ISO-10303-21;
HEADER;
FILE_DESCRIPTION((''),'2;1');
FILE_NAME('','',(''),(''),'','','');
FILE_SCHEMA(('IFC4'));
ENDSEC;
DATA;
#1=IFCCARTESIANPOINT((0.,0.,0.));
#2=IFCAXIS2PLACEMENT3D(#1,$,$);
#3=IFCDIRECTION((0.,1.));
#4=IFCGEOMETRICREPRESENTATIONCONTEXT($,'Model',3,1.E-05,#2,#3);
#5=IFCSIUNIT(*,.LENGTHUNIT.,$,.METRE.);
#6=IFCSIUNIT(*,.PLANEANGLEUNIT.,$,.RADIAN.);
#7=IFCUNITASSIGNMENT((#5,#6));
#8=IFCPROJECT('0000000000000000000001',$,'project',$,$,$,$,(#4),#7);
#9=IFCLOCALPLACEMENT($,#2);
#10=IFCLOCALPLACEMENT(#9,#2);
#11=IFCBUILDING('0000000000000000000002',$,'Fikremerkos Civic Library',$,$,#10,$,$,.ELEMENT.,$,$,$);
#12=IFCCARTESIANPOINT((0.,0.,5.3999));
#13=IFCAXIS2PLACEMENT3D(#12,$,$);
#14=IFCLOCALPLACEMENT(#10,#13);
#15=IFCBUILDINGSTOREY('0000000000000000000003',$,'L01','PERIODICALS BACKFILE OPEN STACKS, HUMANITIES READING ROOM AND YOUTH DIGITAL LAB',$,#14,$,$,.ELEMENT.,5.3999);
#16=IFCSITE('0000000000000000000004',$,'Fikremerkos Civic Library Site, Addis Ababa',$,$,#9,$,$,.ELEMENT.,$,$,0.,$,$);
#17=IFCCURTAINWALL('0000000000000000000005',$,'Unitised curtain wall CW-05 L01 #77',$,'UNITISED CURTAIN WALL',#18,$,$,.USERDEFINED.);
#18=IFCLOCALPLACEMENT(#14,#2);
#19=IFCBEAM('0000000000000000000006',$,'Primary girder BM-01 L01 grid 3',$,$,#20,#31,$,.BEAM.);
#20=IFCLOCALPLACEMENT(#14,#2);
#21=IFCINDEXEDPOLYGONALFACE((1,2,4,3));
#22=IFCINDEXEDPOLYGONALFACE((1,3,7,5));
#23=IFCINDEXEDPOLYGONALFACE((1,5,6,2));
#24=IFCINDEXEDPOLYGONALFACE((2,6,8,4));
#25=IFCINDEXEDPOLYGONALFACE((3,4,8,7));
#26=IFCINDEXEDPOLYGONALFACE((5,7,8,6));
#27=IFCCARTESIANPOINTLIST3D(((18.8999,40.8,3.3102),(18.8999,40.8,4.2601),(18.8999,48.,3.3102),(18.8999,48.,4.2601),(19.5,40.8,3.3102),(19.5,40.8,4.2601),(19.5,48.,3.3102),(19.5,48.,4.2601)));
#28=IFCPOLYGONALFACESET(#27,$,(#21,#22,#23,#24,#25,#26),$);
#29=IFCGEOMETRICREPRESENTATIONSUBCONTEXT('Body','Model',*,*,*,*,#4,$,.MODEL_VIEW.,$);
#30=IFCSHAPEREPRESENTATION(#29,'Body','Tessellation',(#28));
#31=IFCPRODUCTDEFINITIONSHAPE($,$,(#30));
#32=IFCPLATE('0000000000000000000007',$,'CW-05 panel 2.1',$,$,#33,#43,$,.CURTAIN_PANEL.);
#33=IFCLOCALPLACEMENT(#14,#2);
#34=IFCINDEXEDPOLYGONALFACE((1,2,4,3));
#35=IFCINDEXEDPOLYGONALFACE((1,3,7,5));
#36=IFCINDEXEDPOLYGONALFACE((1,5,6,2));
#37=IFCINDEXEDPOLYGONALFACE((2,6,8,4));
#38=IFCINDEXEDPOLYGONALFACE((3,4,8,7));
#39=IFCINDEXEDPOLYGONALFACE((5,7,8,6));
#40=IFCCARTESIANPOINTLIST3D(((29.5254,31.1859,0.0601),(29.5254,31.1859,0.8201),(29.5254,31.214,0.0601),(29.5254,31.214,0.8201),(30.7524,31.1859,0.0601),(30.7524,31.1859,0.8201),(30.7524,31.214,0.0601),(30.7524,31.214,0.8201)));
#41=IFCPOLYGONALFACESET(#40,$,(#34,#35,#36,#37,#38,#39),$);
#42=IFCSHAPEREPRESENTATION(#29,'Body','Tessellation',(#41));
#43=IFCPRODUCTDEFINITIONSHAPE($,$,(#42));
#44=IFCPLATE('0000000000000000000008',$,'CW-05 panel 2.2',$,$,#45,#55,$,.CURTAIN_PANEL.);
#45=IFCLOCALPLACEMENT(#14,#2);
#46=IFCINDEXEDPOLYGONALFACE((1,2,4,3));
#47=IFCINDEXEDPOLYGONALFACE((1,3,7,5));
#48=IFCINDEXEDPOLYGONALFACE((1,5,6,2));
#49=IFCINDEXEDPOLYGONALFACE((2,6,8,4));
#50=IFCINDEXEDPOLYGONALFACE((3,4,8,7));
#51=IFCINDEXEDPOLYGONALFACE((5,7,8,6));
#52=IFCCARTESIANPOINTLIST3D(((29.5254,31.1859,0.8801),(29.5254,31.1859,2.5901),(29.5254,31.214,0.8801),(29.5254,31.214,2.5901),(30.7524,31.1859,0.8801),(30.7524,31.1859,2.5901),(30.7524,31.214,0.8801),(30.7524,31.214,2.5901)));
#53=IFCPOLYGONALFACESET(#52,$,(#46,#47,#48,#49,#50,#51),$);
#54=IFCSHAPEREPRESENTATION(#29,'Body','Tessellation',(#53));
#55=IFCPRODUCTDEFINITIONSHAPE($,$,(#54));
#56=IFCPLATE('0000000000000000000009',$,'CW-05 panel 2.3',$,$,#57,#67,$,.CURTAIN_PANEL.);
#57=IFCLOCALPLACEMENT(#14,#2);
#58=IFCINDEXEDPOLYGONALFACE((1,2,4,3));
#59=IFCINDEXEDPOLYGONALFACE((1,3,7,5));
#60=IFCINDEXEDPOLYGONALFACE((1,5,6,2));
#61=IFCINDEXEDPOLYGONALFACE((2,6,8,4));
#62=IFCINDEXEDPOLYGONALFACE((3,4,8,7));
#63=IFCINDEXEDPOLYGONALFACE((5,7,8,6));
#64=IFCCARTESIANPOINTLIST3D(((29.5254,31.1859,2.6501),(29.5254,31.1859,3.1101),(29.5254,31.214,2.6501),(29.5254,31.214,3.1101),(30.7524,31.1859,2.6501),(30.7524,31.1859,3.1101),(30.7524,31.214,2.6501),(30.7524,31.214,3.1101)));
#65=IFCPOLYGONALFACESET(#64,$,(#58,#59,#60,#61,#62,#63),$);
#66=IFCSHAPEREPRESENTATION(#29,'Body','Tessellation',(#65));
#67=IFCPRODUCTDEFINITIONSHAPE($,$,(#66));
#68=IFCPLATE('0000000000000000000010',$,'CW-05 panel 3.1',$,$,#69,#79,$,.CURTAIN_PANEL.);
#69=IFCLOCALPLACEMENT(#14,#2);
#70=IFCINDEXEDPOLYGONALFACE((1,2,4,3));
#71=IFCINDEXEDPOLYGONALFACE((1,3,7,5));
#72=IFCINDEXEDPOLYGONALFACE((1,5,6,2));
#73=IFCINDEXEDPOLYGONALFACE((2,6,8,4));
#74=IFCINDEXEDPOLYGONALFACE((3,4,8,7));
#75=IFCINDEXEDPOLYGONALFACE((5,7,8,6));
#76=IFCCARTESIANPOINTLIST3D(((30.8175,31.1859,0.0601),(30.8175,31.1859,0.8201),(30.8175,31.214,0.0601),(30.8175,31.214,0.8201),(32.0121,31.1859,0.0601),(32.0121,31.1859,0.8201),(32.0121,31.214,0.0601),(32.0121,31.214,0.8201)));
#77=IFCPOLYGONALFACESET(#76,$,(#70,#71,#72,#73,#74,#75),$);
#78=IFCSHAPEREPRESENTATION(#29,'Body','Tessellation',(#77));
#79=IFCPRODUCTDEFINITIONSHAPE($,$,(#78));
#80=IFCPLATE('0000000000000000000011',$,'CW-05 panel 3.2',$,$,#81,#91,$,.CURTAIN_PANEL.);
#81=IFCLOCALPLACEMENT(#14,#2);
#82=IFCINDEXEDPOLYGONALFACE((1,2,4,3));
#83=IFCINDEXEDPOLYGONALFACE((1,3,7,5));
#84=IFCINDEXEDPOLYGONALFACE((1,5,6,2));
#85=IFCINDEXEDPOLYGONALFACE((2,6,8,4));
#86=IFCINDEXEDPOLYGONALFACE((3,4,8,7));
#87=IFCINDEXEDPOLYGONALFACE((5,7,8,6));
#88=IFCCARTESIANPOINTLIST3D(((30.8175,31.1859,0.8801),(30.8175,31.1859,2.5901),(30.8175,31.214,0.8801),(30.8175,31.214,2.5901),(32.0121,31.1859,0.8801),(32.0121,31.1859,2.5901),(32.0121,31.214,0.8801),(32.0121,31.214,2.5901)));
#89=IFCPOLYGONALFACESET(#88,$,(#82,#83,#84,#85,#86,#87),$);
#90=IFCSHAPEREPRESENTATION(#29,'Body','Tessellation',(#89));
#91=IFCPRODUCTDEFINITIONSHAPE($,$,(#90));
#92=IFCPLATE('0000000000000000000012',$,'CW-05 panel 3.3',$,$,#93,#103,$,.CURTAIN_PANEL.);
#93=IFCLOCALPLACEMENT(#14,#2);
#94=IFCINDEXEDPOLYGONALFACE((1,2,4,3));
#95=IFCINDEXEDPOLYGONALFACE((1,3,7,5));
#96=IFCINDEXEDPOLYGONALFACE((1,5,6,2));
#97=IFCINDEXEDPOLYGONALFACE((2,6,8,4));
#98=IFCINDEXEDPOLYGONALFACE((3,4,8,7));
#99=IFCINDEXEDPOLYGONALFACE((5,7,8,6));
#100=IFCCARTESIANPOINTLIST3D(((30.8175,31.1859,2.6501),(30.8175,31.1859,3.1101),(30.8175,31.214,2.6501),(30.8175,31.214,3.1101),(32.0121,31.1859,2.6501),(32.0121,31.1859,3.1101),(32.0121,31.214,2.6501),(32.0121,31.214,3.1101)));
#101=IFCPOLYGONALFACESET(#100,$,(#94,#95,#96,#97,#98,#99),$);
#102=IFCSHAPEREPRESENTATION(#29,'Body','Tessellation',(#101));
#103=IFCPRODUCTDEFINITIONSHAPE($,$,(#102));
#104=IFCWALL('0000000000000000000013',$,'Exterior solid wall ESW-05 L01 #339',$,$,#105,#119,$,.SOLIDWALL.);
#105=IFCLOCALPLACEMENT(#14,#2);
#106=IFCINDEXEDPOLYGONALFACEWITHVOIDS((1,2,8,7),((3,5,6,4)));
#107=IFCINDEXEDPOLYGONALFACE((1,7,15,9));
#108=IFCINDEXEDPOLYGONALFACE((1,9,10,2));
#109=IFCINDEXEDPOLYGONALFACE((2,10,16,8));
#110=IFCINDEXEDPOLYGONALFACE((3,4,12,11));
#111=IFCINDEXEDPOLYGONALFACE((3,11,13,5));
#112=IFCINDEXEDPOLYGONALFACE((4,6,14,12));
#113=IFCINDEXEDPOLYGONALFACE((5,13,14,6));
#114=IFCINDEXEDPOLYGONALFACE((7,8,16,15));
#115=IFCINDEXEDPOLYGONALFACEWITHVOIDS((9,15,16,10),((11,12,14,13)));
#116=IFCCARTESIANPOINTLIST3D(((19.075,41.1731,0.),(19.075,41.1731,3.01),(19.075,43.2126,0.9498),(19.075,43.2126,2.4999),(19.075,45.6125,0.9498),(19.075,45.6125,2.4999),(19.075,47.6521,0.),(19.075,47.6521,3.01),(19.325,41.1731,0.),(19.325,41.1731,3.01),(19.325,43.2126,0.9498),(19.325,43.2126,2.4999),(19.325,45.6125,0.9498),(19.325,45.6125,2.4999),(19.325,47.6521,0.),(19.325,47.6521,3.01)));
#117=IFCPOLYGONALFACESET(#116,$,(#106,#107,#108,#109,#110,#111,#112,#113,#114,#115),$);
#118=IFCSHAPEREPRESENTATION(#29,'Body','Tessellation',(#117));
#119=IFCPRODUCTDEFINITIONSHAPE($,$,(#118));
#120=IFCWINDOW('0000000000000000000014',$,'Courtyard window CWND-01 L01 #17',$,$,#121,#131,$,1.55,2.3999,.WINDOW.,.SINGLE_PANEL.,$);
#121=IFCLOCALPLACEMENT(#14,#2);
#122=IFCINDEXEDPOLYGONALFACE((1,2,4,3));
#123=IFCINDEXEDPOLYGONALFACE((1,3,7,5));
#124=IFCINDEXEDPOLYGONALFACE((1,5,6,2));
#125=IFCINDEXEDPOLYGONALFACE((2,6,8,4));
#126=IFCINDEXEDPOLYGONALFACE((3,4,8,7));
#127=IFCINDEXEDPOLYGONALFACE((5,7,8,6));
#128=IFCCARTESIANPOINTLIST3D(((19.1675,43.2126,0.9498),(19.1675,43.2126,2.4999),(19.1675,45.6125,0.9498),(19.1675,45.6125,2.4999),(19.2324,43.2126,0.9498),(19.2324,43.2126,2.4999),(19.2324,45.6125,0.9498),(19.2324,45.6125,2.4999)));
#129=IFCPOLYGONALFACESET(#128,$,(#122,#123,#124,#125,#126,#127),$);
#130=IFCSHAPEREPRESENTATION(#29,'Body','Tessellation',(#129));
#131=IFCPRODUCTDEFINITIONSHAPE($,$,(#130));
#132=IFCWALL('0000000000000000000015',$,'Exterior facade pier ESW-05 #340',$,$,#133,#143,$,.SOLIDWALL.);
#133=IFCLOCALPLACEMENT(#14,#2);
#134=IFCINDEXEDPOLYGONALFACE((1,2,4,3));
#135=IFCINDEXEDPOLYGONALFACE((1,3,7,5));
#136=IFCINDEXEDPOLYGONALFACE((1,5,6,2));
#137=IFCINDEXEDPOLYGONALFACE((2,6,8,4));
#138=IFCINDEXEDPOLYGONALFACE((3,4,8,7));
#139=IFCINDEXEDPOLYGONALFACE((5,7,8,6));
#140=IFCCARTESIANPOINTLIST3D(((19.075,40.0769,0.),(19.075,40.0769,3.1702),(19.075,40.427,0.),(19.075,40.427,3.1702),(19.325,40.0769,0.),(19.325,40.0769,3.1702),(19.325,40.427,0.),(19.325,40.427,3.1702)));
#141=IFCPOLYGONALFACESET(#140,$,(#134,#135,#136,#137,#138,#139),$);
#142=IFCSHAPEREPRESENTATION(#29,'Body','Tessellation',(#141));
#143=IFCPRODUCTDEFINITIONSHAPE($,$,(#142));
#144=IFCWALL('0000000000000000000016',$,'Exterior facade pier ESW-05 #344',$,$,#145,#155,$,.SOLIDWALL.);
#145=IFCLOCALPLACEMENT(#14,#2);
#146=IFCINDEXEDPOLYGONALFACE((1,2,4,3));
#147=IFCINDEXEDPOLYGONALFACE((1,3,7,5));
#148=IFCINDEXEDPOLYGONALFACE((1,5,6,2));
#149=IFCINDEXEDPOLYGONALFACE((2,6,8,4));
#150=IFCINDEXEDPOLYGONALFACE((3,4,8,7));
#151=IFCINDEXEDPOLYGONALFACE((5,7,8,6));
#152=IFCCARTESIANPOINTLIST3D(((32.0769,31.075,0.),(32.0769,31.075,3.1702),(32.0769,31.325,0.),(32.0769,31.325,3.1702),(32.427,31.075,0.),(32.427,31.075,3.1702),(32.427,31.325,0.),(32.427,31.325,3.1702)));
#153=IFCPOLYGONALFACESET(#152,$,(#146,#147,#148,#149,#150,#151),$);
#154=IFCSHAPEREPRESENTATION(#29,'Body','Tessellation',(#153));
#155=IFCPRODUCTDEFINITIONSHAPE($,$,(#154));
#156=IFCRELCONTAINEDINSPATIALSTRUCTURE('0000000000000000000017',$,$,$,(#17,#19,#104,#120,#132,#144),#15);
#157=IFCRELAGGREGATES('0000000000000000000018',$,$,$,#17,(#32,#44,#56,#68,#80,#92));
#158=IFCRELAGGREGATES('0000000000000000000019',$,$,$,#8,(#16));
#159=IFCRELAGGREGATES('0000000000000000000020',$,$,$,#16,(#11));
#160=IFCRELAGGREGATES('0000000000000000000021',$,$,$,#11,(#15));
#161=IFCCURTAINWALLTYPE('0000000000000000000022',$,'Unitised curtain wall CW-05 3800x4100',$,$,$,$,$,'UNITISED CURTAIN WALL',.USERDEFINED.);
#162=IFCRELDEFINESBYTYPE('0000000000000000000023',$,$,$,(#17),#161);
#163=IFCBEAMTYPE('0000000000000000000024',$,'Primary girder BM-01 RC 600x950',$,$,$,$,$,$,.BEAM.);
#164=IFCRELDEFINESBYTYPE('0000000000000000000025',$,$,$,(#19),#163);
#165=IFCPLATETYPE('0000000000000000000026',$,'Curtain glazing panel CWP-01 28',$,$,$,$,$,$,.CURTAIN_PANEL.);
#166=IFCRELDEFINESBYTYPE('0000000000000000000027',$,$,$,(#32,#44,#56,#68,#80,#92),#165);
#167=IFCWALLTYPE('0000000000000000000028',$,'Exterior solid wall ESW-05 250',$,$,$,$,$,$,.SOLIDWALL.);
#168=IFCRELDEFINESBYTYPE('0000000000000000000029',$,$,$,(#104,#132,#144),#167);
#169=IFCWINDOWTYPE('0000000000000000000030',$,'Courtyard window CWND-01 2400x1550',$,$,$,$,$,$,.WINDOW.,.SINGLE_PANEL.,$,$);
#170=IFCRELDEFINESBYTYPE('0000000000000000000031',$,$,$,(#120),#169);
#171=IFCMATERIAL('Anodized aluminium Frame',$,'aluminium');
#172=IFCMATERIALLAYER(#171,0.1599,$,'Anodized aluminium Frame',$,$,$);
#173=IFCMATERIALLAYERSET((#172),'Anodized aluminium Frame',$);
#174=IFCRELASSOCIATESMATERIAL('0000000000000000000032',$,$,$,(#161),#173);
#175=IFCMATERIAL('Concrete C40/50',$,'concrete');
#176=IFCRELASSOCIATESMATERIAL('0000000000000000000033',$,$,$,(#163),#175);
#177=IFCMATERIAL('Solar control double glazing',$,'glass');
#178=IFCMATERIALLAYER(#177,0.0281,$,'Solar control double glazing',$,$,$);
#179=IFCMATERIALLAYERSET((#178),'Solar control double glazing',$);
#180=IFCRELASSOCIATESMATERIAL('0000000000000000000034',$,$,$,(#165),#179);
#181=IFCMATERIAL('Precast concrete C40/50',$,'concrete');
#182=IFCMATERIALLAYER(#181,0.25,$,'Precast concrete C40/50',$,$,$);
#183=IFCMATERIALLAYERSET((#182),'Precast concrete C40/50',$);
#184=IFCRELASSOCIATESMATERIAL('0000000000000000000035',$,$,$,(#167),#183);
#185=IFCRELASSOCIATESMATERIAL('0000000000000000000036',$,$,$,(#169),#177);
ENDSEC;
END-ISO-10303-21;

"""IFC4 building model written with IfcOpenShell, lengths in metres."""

from ifc_helpers import new_model, si_unit, direction, frame, frame_2d, origin, origin_2d, place, context, subcontext, project, spatial, rectangle, extrude, material, layer, layer_set, material_profile, profile_set, type_object, element, fill, aggregate, save


model = new_model("IFC4")

# Units and contexts
model_context = context("Model", 3, precision=1e-05, world=origin(), true_north=direction((0.0, 1.0)))
body_context = subcontext(model_context, "Body", "Model", "MODEL_VIEW")
ifc_project = project(units=[si_unit("LENGTHUNIT", "METRE"), si_unit("PLANEANGLEUNIT", "RADIAN")], contexts=[model_context])

# Site, building, storey
site_placement = place(None, origin())
site = spatial("IfcSite", under=ifc_project, at=site_placement, Name="Fikremerkos Civic Library Site, Addis Ababa", CompositionType="ELEMENT", RefElevation=0.0)
building_placement = place(site_placement, origin())
building = spatial("IfcBuilding", under=site, at=building_placement, Name="Fikremerkos Civic Library", CompositionType="ELEMENT")
storey_placement = place(building_placement, frame((0.0, 0.0, 5.3999)))
storey = spatial("IfcBuildingStorey", under=building, at=storey_placement, Name="L01", Description="PERIODICALS BACKFILE OPEN STACKS, HUMANITIES READING ROOM AND YOUTH DIGITAL LAB", CompositionType="ELEMENT", Elevation=5.3999)

# Shared definitions
ifc_material_1 = material(Name="Concrete C40/50", Category="concrete")

# Curtain wall
ifc_material_2 = material(Name="Anodized aluminium Frame", Category="aluminium")
ifc_layer_1 = layer(ifc_material_2, 0.1599, Name="Anodized aluminium Frame")
ifc_layer_set_1 = layer_set([ifc_layer_1], Name="Anodized aluminium Frame")
curtain_wall_type = type_object("IfcCurtainWallType", Name="Unitised curtain wall CW-05 3800x4100", ElementType="UNITISED CURTAIN WALL", PredefinedType="USERDEFINED", material=ifc_layer_set_1)
curtain_wall_placement = place(storey_placement, origin())
curtain_wall = element("IfcCurtainWall", 1, at=curtain_wall_placement, inside=storey, type_object=curtain_wall_type, Name="Unitised curtain wall CW-05 L01 #77", ObjectType="UNITISED CURTAIN WALL", PredefinedType="USERDEFINED")

# Beam
ifc_material_profile_1 = material_profile(ifc_material_1, rectangle(XDim=0.6001, YDim=0.95, at=origin_2d()), Name="RC 600x950")
ifc_profile_set_1 = profile_set([ifc_material_profile_1], Name="Concrete C40/50")
beam_type_1 = type_object("IfcBeamType", Name="Primary girder BM-01 RC 600x950", PredefinedType="BEAM", material=ifc_profile_set_1)
beam_1_placement = place(storey_placement, frame((19.2, 40.8, 3.7852), z_axis=(0.0, 1.0, 0.0), x_axis=(-1.0, 0.0, 0.0)))
element("IfcBeam", 2, at=beam_1_placement, inside=storey, type_object=beam_type_1, Name="Primary girder BM-01 L01 grid 3", PredefinedType="BEAM", context=body_context, shape_type="SweptSolid", body=[
    extrude(rectangle(XDim=0.6001, YDim=0.95, at=origin_2d()), origin(), (0.0, 0.0, 1.0), 7.2),
])

# Plates
ifc_material_3 = material(Name="Solar control double glazing", Category="glass")
ifc_layer_2 = layer(ifc_material_3, 0.0281, Name="Solar control double glazing")
ifc_layer_set_2 = layer_set([ifc_layer_2], Name="Solar control double glazing")
plate_type = type_object("IfcPlateType", Name="Curtain glazing panel CWP-01 28", PredefinedType="CURTAIN_PANEL", material=ifc_layer_set_2)
plate_1_placement = place(storey_placement, frame((30.1389, 31.2, 0.0601), z_axis=(0.0, 0.0, 1.0), x_axis=(1.0, 0.0, 0.0)))
plate_1 = element("IfcPlate", 3, at=plate_1_placement, type_object=plate_type, Name="CW-05 panel 2.1", PredefinedType="CURTAIN_PANEL", context=body_context, shape_type="SweptSolid", body=[
    extrude(rectangle(XDim=1.2271, YDim=0.0281, at=origin_2d()), origin(), (0.0, 0.0, 1.0), 0.76),
])
plate_2_placement = place(storey_placement, frame((30.1389, 31.2, 0.8801), z_axis=(0.0, 0.0, 1.0), x_axis=(1.0, 0.0, 0.0)))
plate_2 = element("IfcPlate", 4, at=plate_2_placement, type_object=plate_type, Name="CW-05 panel 2.2", PredefinedType="CURTAIN_PANEL", context=body_context, shape_type="SweptSolid", body=[
    extrude(rectangle(XDim=1.2271, YDim=0.0281, at=origin_2d()), origin(), (0.0, 0.0, 1.0), 1.71),
])
plate_3_placement = place(storey_placement, frame((30.1389, 31.2, 2.6501), z_axis=(0.0, 0.0, 1.0), x_axis=(1.0, 0.0, 0.0)))
plate_3 = element("IfcPlate", 5, at=plate_3_placement, type_object=plate_type, Name="CW-05 panel 2.3", PredefinedType="CURTAIN_PANEL", context=body_context, shape_type="SweptSolid", body=[
    extrude(rectangle(XDim=1.2271, YDim=0.0281, at=origin_2d()), origin(), (0.0, 0.0, 1.0), 0.46),
])
plate_4_placement = place(storey_placement, frame((31.4148, 31.2, 0.0601), z_axis=(0.0, 0.0, 1.0), x_axis=(1.0, 0.0, 0.0)))
plate_4 = element("IfcPlate", 6, at=plate_4_placement, type_object=plate_type, Name="CW-05 panel 3.1", PredefinedType="CURTAIN_PANEL", context=body_context, shape_type="SweptSolid", body=[
    extrude(rectangle(XDim=1.1946, YDim=0.0281, at=origin_2d()), origin(), (0.0, 0.0, 1.0), 0.76),
])
plate_5_placement = place(storey_placement, frame((31.4148, 31.2, 0.8801), z_axis=(0.0, 0.0, 1.0), x_axis=(1.0, 0.0, 0.0)))
plate_5 = element("IfcPlate", 7, at=plate_5_placement, type_object=plate_type, Name="CW-05 panel 3.2", PredefinedType="CURTAIN_PANEL", context=body_context, shape_type="SweptSolid", body=[
    extrude(rectangle(XDim=1.1946, YDim=0.0281, at=origin_2d()), origin(), (0.0, 0.0, 1.0), 1.71),
])
plate_6_placement = place(storey_placement, frame((31.4148, 31.2, 2.6501), z_axis=(0.0, 0.0, 1.0), x_axis=(1.0, 0.0, 0.0)))
plate_6 = element("IfcPlate", 8, at=plate_6_placement, type_object=plate_type, Name="CW-05 panel 3.3", PredefinedType="CURTAIN_PANEL", context=body_context, shape_type="SweptSolid", body=[
    extrude(rectangle(XDim=1.1946, YDim=0.0281, at=origin_2d()), origin(), (0.0, 0.0, 1.0), 0.46),
])
aggregate(curtain_wall, [plate_1, plate_2, plate_3, plate_4, plate_5, plate_6])

# Wall, opening, window
ifc_material_4 = material(Name="Precast concrete C40/50", Category="concrete")
ifc_layer_3 = layer(ifc_material_4, 0.25, Name="Precast concrete C40/50")
ifc_layer_set_3 = layer_set([ifc_layer_3], Name="Precast concrete C40/50")
wall_type = type_object("IfcWallType", Name="Exterior solid wall ESW-05 250", PredefinedType="SOLIDWALL", material=ifc_layer_set_3)
wall_placement = place(storey_placement, frame((19.2, 47.6521, 0.0), z_axis=(0.0, 0.0, 1.0), x_axis=(0.0, -1.0, 0.0)))
wall = element("IfcWall", 9, at=wall_placement, inside=storey, type_object=wall_type, Name="Exterior solid wall ESW-05 L01 #339", PredefinedType="SOLIDWALL", context=body_context, shape_type="SweptSolid", body=[
    extrude(rectangle(XDim=6.479, YDim=0.25, at=frame_2d((3.2395, 0.0))), origin(), (0.0, 0.0, 1.0), 3.01),
])
opening_placement = place(wall_placement, frame((2.0396, 0.0, 0.95)))
opening = element("IfcOpeningElement", 10, at=opening_placement, cuts=wall, PredefinedType="OPENING", context=body_context, shape_type="SweptSolid", body=[
    extrude(rectangle(XDim=2.3999, YDim=1.55, at=frame_2d((1.2, 0.7749))), frame((0.0, 0.135, 0.0), z_axis=(0.0, -1.0, 0.0), x_axis=(1.0, 0.0, 0.0)), (0.0, 0.0, 1.0), 0.27),
])
window_type = type_object("IfcWindowType", Name="Courtyard window CWND-01 2400x1550", PartitioningType="SINGLE_PANEL", PredefinedType="WINDOW", material=ifc_material_3)
window_placement = place(opening_placement, origin())
window = element("IfcWindow", 11, at=window_placement, inside=storey, type_object=window_type, Name="Courtyard window CWND-01 L01 #17", OverallHeight=1.55, OverallWidth=2.3999, PartitioningType="SINGLE_PANEL", PredefinedType="WINDOW", context=body_context, shape_type="SweptSolid", body=[
    extrude(rectangle(XDim=2.3999, YDim=1.55, at=frame_2d((1.2, 0.7749))), frame((0.0, 0.0325, 0.0), z_axis=(0.0, -1.0, 0.0), x_axis=(1.0, 0.0, 0.0)), (0.0, 0.0, 1.0), 0.0649),
])
fill(opening, window)

# Walls
for number, where, z_axis, x_axis, name in (
    (12, (19.2, 40.427, 0.0), (0.0, 0.0, 1.0), (0.0, -1.0, 0.0), "Exterior facade pier ESW-05 #340"),
    (13, (32.0769, 31.2, 0.0), (0.0, 0.0, 1.0), (1.0, 0.0, 0.0), "Exterior facade pier ESW-05 #344"),
):
    element("IfcWall", number, at=place(storey_placement, frame(where, z_axis=z_axis, x_axis=x_axis)), inside=storey, type_object=wall_type, Name=name, PredefinedType="SOLIDWALL", context=body_context, shape_type="SweptSolid", body=[
        extrude(rectangle(XDim=0.3501, YDim=0.25, at=frame_2d((0.175, 0.0))), origin(), (0.0, 0.0, 1.0), 3.1702),
    ])

save(model, "model.ifc")
